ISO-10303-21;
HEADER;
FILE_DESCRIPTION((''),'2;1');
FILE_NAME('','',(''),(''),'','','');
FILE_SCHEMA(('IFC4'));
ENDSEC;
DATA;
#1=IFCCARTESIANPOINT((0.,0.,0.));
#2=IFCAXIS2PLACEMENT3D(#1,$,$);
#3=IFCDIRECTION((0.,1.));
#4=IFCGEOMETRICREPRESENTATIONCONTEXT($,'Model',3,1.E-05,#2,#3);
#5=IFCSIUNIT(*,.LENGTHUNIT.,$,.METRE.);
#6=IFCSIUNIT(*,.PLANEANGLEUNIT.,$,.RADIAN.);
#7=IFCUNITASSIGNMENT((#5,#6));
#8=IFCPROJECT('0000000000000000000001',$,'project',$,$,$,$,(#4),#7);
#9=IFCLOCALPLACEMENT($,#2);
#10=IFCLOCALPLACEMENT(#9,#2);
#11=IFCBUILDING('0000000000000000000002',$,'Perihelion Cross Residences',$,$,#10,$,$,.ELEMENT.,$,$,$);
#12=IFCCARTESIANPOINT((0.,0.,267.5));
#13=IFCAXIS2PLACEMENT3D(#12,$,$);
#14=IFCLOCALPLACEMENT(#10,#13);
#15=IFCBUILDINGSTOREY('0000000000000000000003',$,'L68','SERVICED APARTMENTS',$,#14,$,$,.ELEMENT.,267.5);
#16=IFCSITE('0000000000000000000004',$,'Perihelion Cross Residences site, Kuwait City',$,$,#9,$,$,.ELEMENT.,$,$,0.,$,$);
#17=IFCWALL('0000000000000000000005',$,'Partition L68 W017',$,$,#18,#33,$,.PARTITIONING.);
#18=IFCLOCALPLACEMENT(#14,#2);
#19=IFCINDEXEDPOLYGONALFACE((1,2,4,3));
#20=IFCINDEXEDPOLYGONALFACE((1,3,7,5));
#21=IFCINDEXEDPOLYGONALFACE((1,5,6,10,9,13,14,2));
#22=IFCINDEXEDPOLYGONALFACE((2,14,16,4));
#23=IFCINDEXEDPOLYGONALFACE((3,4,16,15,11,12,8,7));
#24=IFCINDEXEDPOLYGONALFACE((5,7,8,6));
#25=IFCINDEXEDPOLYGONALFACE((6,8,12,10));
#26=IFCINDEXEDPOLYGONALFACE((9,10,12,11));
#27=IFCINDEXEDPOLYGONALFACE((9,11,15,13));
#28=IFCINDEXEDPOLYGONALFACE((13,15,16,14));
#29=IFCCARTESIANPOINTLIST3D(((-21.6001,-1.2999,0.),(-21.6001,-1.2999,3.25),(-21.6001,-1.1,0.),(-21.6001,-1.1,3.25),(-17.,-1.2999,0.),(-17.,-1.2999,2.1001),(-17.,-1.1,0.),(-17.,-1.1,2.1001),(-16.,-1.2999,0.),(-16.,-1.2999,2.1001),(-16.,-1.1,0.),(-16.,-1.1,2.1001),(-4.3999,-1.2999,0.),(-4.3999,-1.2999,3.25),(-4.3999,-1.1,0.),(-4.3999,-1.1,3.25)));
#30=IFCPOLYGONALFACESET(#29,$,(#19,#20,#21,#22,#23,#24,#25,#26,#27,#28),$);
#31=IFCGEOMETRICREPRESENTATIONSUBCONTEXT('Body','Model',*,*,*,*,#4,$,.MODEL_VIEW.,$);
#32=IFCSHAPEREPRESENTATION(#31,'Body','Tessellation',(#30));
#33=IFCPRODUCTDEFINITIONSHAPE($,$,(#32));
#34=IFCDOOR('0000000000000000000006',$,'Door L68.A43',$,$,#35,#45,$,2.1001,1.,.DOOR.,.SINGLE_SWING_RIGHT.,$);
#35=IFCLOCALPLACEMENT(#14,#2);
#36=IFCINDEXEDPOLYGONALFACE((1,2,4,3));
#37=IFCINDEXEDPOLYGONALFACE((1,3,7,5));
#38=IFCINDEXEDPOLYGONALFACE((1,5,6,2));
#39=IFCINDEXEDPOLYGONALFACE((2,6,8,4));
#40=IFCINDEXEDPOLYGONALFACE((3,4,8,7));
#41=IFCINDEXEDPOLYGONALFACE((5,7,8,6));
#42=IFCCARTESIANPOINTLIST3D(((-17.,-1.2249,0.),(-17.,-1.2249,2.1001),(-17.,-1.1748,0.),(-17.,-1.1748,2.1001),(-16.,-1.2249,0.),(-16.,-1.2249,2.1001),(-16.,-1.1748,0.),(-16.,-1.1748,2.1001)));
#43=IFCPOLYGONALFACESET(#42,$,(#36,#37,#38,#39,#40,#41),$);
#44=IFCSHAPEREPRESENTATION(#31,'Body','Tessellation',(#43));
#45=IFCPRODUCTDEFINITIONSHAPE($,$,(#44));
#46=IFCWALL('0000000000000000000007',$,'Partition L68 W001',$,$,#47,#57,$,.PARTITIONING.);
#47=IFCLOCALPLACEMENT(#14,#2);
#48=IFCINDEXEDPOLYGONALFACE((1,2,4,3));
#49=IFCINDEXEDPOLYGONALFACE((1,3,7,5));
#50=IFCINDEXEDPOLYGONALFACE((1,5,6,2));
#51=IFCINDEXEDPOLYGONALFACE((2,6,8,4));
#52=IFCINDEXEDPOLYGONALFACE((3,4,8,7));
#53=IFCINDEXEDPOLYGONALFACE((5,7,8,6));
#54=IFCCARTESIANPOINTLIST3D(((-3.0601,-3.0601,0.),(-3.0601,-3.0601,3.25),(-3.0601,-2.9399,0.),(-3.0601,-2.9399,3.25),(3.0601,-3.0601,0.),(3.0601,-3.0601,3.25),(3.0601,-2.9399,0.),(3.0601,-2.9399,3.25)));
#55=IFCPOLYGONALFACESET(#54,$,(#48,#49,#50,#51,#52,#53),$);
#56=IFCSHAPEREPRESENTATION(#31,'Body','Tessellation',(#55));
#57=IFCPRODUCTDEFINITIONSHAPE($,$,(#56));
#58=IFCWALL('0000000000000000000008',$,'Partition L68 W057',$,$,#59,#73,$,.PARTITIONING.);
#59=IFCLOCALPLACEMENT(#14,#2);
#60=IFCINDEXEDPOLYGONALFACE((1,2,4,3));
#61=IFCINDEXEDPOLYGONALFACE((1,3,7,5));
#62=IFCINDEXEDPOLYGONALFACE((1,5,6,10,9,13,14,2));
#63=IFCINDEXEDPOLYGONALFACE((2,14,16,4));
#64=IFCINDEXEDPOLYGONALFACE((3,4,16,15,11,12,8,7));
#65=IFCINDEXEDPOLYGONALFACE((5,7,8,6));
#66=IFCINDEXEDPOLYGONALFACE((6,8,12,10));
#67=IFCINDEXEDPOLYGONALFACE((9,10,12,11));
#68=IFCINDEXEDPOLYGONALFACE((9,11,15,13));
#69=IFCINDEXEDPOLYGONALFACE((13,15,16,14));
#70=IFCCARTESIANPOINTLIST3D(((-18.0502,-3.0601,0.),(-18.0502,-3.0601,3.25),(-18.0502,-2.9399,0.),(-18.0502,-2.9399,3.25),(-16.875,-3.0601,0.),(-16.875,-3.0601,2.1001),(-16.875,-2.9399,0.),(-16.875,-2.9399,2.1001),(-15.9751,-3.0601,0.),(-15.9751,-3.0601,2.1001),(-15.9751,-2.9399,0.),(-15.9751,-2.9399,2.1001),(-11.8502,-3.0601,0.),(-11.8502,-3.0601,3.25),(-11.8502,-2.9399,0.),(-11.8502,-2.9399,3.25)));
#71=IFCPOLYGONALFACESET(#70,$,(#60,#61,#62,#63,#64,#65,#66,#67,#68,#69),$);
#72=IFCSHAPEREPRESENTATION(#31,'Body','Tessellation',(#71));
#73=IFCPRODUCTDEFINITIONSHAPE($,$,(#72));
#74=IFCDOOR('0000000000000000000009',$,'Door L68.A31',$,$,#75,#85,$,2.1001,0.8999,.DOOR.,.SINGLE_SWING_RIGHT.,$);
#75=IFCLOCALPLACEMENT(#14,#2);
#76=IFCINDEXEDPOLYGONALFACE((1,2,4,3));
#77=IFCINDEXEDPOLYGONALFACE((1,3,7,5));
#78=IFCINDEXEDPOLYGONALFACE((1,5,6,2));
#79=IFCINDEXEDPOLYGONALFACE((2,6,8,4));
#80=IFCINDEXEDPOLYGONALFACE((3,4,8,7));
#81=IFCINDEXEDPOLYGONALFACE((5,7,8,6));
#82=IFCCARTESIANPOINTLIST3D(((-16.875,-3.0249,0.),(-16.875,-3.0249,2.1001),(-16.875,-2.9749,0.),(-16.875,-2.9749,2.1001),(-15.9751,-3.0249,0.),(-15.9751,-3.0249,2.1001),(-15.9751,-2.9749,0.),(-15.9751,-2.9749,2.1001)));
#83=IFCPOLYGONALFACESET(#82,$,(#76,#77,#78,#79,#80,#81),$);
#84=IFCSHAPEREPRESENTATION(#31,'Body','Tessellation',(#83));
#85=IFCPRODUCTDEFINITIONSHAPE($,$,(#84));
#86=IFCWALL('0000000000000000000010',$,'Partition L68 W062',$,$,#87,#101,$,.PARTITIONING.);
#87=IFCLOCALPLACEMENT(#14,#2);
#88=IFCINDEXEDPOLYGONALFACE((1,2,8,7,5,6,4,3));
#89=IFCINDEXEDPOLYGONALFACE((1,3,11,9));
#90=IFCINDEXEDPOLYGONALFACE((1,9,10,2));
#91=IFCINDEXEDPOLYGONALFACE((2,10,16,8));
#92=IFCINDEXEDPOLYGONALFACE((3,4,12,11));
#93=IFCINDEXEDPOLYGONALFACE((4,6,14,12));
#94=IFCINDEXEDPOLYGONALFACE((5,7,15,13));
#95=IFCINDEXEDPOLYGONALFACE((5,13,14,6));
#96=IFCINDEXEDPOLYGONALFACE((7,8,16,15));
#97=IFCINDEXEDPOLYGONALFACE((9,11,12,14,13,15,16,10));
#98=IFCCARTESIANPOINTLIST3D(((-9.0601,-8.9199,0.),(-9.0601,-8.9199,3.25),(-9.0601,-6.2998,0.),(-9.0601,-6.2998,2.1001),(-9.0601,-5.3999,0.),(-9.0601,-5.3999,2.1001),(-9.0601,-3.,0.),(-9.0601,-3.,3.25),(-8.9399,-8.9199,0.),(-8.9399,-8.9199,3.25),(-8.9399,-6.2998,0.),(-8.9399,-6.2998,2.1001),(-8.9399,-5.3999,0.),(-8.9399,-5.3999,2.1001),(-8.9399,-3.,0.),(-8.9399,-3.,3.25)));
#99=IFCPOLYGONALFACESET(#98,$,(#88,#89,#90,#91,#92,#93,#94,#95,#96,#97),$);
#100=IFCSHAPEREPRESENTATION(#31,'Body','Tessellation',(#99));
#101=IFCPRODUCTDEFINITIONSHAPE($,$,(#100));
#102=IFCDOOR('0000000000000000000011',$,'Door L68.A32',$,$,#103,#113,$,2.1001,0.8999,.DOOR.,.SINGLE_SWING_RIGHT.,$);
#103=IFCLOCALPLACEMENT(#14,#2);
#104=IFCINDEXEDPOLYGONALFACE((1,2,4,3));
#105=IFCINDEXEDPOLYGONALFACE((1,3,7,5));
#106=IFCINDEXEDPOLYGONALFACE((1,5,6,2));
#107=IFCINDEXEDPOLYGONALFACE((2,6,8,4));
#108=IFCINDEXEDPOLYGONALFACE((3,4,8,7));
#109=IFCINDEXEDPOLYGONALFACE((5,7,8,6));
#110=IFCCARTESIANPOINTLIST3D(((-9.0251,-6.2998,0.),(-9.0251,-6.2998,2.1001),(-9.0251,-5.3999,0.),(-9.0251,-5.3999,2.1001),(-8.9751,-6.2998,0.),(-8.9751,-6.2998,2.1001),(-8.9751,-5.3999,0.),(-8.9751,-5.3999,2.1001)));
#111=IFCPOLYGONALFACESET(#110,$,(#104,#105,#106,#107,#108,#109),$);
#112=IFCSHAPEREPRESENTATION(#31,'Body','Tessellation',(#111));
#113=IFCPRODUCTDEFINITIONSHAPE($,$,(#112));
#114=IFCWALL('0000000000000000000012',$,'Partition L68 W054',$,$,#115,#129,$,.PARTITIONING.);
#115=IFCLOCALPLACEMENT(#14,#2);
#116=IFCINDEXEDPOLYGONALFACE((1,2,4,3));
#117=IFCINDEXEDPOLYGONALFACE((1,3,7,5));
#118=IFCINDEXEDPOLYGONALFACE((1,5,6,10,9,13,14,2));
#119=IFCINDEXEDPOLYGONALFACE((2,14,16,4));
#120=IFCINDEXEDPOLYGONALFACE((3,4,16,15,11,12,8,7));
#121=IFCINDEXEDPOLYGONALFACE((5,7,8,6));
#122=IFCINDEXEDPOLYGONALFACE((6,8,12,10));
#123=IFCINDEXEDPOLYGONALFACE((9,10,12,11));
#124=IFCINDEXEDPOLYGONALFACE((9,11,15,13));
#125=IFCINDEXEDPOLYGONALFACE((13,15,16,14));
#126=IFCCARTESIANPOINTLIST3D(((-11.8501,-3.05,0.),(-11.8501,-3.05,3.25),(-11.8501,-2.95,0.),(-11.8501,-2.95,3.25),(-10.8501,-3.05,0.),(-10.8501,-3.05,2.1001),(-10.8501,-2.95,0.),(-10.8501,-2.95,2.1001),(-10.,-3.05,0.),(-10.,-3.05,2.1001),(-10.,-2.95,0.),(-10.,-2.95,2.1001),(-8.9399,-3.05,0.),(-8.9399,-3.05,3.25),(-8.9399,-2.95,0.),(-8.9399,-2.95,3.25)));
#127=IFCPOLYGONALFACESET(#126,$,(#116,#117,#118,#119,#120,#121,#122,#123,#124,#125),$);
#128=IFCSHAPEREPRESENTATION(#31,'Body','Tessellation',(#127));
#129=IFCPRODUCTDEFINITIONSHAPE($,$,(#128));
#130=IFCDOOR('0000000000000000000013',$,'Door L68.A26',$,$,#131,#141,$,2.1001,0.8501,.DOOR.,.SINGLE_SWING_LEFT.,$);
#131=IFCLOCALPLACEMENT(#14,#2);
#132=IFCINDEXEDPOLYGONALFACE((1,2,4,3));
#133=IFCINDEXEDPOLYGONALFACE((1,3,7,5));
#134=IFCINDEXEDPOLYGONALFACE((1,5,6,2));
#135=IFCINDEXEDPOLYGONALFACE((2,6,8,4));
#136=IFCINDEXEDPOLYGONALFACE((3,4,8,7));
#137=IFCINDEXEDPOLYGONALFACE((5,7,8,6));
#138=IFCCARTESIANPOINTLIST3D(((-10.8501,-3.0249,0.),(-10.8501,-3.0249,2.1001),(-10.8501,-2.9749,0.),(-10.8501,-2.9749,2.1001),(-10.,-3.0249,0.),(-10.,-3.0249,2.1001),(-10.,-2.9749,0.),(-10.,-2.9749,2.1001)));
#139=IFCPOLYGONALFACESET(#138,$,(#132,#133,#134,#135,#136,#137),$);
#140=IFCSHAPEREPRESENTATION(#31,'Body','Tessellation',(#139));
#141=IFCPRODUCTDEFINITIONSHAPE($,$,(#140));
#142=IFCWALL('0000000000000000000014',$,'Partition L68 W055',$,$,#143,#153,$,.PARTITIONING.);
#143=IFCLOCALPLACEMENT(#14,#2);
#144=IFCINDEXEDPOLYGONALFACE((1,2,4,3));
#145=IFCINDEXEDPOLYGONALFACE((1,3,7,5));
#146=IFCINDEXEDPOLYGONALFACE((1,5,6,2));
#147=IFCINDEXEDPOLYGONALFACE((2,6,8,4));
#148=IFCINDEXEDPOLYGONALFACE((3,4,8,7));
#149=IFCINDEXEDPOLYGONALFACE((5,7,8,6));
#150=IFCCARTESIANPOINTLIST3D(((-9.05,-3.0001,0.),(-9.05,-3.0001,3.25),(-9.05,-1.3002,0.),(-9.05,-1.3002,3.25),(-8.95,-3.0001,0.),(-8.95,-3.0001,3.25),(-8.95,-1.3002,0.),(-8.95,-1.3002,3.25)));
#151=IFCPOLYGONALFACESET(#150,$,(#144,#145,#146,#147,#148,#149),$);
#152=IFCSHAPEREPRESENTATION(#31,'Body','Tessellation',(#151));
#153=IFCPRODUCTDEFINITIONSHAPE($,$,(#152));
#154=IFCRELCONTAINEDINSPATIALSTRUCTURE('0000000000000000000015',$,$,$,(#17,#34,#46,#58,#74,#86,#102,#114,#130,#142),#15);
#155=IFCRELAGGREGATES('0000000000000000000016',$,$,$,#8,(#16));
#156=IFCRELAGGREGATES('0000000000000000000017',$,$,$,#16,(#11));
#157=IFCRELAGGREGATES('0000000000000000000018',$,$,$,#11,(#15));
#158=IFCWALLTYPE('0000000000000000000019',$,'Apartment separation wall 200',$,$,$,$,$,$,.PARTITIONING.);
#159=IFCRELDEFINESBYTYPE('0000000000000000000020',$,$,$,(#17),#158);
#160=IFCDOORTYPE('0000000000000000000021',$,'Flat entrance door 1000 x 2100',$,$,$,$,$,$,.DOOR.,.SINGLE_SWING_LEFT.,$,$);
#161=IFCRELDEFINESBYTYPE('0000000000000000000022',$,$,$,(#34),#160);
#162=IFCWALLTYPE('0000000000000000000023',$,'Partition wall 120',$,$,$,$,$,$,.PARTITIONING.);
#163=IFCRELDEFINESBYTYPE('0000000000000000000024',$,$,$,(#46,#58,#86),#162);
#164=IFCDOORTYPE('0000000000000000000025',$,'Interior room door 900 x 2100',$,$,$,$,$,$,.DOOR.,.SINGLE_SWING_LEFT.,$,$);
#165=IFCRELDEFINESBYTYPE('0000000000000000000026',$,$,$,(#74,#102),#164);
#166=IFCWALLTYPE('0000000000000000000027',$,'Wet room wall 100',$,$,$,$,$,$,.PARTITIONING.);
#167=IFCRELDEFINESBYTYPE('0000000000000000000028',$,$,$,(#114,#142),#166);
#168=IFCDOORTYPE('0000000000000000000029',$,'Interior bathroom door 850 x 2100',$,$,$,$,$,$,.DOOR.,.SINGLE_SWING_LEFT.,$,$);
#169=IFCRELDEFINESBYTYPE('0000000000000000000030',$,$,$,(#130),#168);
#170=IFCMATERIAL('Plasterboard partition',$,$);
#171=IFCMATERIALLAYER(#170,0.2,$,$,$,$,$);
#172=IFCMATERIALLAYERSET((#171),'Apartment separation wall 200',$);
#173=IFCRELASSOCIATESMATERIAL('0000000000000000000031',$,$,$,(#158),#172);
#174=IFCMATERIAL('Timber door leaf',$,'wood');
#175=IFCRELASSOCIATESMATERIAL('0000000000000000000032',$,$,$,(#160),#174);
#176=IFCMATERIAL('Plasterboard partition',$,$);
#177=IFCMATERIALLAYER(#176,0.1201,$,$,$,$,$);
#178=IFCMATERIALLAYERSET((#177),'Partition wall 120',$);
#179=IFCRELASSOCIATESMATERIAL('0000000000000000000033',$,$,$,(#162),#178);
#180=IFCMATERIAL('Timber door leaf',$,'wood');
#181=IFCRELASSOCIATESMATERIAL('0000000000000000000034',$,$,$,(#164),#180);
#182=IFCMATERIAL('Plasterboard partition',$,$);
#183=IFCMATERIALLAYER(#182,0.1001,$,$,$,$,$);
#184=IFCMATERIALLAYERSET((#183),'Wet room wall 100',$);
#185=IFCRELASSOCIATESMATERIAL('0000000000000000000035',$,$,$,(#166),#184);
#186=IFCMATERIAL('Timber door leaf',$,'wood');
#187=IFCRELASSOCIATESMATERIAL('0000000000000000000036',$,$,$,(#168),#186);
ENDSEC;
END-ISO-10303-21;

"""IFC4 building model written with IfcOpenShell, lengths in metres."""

from ifc_helpers import new_model, si_unit, direction, frame, frame_2d, origin, place, context, subcontext, project, spatial, rectangle, extrude, material, layer, layer_set, type_object, element, fill, save


model = new_model("IFC4")

# Units and contexts
model_context = context("Model", 3, precision=1e-05, world=origin(), true_north=direction((0.0, 1.0)))
body_context = subcontext(model_context, "Body", "Model", "MODEL_VIEW")
ifc_project = project(units=[si_unit("LENGTHUNIT", "METRE"), si_unit("PLANEANGLEUNIT", "RADIAN")], contexts=[model_context])

# Site, building, storey
site_placement = place(None, origin())
site = spatial("IfcSite", under=ifc_project, at=site_placement, Name="Perihelion Cross Residences site, Kuwait City", CompositionType="ELEMENT", RefElevation=0.0)
building_placement = place(site_placement, origin())
building = spatial("IfcBuilding", under=site, at=building_placement, Name="Perihelion Cross Residences", CompositionType="ELEMENT")
storey_placement = place(building_placement, frame((0.0, 0.0, 267.5)))
storey = spatial("IfcBuildingStorey", under=building, at=storey_placement, Name="L68", Description="SERVICED APARTMENTS", CompositionType="ELEMENT", Elevation=267.5)

# Wall, opening, door
ifc_material_1 = material(Name="Plasterboard partition")
ifc_layer_1 = layer(ifc_material_1, 0.2)
ifc_layer_set_1 = layer_set([ifc_layer_1], Name="Apartment separation wall 200")
wall_type_1 = type_object("IfcWallType", Name="Apartment separation wall 200", PredefinedType="PARTITIONING", material=ifc_layer_set_1)
wall_1_placement = place(storey_placement, frame((-4.3999, -1.2, 0.0), z_axis=(0.0, 0.0, 1.0), x_axis=(-1.0, 0.0, 0.0)))
wall_1 = element("IfcWall", 1, at=wall_1_placement, inside=storey, type_object=wall_type_1, Name="Partition L68 W017", PredefinedType="PARTITIONING", context=body_context, shape_type="SweptSolid", body=[
    extrude(rectangle(XDim=17.2002, YDim=0.2, at=frame_2d((8.6001, 0.0))), origin(), (0.0, 0.0, 1.0), 3.25),
])
opening_1_placement = place(wall_1_placement, frame((11.6001, 0.0, 0.0)))
opening_1 = element("IfcOpeningElement", 2, at=opening_1_placement, cuts=wall_1, PredefinedType="OPENING", context=body_context, shape_type="SweptSolid", body=[
    extrude(rectangle(XDim=1.0, YDim=2.1001, at=frame_2d((0.5, 1.05))), frame((0.0, 0.1099, 0.0), z_axis=(0.0, -1.0, 0.0), x_axis=(1.0, 0.0, 0.0)), (0.0, 0.0, 1.0), 0.22),
])
ifc_material_2 = material(Name="Timber door leaf", Category="wood")
door_type_1 = type_object("IfcDoorType", Name="Flat entrance door 1000 x 2100", OperationType="SINGLE_SWING_LEFT", PredefinedType="DOOR", material=ifc_material_2)
door_1_placement = place(opening_1_placement, origin())
door_1 = element("IfcDoor", 3, at=door_1_placement, inside=storey, type_object=door_type_1, Name="Door L68.A43", OperationType="SINGLE_SWING_RIGHT", OverallHeight=2.1001, OverallWidth=1.0, PredefinedType="DOOR", context=body_context, shape_type="SweptSolid", body=[
    extrude(rectangle(XDim=1.0, YDim=2.1001, at=frame_2d((0.5, 1.05))), frame((0.0, 0.0249, 0.0), z_axis=(0.0, -1.0, 0.0), x_axis=(1.0, 0.0, 0.0)), (0.0, 0.0, 1.0), 0.05),
])
fill(opening_1, door_1)

# Wall
ifc_material_3 = material(Name="Plasterboard partition")
ifc_layer_2 = layer(ifc_material_3, 0.1201)
ifc_layer_set_2 = layer_set([ifc_layer_2], Name="Partition wall 120")
wall_type_2 = type_object("IfcWallType", Name="Partition wall 120", PredefinedType="PARTITIONING", material=ifc_layer_set_2)
wall_2_placement = place(storey_placement, frame((-3.0601, -3.0, 0.0), z_axis=(0.0, 0.0, 1.0), x_axis=(1.0, 0.0, 0.0)))
element("IfcWall", 4, at=wall_2_placement, inside=storey, type_object=wall_type_2, Name="Partition L68 W001", PredefinedType="PARTITIONING", context=body_context, shape_type="SweptSolid", body=[
    extrude(rectangle(XDim=6.1201, YDim=0.1201, at=frame_2d((3.0601, 0.0))), origin(), (0.0, 0.0, 1.0), 3.25),
])

# Walls, openings, doors
wall_3_placement = place(storey_placement, frame((-11.8501, -3.0, 0.0), z_axis=(0.0, 0.0, 1.0), x_axis=(-1.0, 0.0, 0.0)))
wall_3 = element("IfcWall", 5, at=wall_3_placement, inside=storey, type_object=wall_type_2, Name="Partition L68 W057", PredefinedType="PARTITIONING", context=body_context, shape_type="SweptSolid", body=[
    extrude(rectangle(XDim=6.2, YDim=0.1201, at=frame_2d((3.1001, 0.0))), origin(), (0.0, 0.0, 1.0), 3.25),
])
opening_2_placement = place(wall_3_placement, frame((4.125, 0.0, 0.0)))
opening_2 = element("IfcOpeningElement", 6, at=opening_2_placement, cuts=wall_3, PredefinedType="OPENING", context=body_context, shape_type="SweptSolid", body=[
    extrude(rectangle(XDim=0.8999, YDim=2.1001, at=frame_2d((0.45, 1.05))), frame((0.0, 0.0701, 0.0), z_axis=(0.0, -1.0, 0.0), x_axis=(1.0, 0.0, 0.0)), (0.0, 0.0, 1.0), 0.1401),
])
ifc_material_4 = material(Name="Timber door leaf", Category="wood")
door_type_2 = type_object("IfcDoorType", Name="Interior room door 900 x 2100", OperationType="SINGLE_SWING_LEFT", PredefinedType="DOOR", material=ifc_material_4)
door_2_placement = place(opening_2_placement, origin())
door_2 = element("IfcDoor", 7, at=door_2_placement, inside=storey, type_object=door_type_2, Name="Door L68.A31", OperationType="SINGLE_SWING_RIGHT", OverallHeight=2.1001, OverallWidth=0.8999, PredefinedType="DOOR", context=body_context, shape_type="SweptSolid", body=[
    extrude(rectangle(XDim=0.8999, YDim=2.1001, at=frame_2d((0.45, 1.05))), frame((0.0, 0.0249, 0.0), z_axis=(0.0, -1.0, 0.0), x_axis=(1.0, 0.0, 0.0)), (0.0, 0.0, 1.0), 0.05),
])
fill(opening_2, door_2)
wall_4_placement = place(storey_placement, frame((-9.0, -3.0, 0.0), z_axis=(0.0, 0.0, 1.0), x_axis=(0.0, -1.0, 0.0)))
wall_4 = element("IfcWall", 8, at=wall_4_placement, inside=storey, type_object=wall_type_2, Name="Partition L68 W062", PredefinedType="PARTITIONING", context=body_context, shape_type="SweptSolid", body=[
    extrude(rectangle(XDim=5.9199, YDim=0.1201, at=frame_2d((2.96, 0.0))), origin(), (0.0, 0.0, 1.0), 3.25),
])
opening_3_placement = place(wall_4_placement, frame((2.3999, 0.0, 0.0)))
opening_3 = element("IfcOpeningElement", 9, at=opening_3_placement, cuts=wall_4, PredefinedType="OPENING", context=body_context, shape_type="SweptSolid", body=[
    extrude(rectangle(XDim=0.8999, YDim=2.1001, at=frame_2d((0.45, 1.05))), frame((0.0, 0.0701, 0.0), z_axis=(0.0, -1.0, 0.0), x_axis=(1.0, 0.0, 0.0)), (0.0, 0.0, 1.0), 0.1401),
])
door_3_placement = place(opening_3_placement, origin())
door_3 = element("IfcDoor", 10, at=door_3_placement, inside=storey, type_object=door_type_2, Name="Door L68.A32", OperationType="SINGLE_SWING_RIGHT", OverallHeight=2.1001, OverallWidth=0.8999, PredefinedType="DOOR", context=body_context, shape_type="SweptSolid", body=[
    extrude(rectangle(XDim=0.8999, YDim=2.1001, at=frame_2d((0.45, 1.05))), frame((0.0, 0.0249, 0.0), z_axis=(0.0, -1.0, 0.0), x_axis=(1.0, 0.0, 0.0)), (0.0, 0.0, 1.0), 0.05),
])
fill(opening_3, door_3)
ifc_material_5 = material(Name="Plasterboard partition")
ifc_layer_3 = layer(ifc_material_5, 0.1001)
ifc_layer_set_3 = layer_set([ifc_layer_3], Name="Wet room wall 100")
wall_type_3 = type_object("IfcWallType", Name="Wet room wall 100", PredefinedType="PARTITIONING", material=ifc_layer_set_3)
wall_5_placement = place(storey_placement, frame((-8.9399, -3.0, 0.0), z_axis=(0.0, 0.0, 1.0), x_axis=(-1.0, 0.0, 0.0)))
wall_5 = element("IfcWall", 11, at=wall_5_placement, inside=storey, type_object=wall_type_3, Name="Partition L68 W054", PredefinedType="PARTITIONING", context=body_context, shape_type="SweptSolid", body=[
    extrude(rectangle(XDim=2.9102, YDim=0.1001, at=frame_2d((1.4551, 0.0))), origin(), (0.0, 0.0, 1.0), 3.25),
])
opening_4_placement = place(wall_5_placement, frame((1.0601, 0.0, 0.0)))
opening_4 = element("IfcOpeningElement", 12, at=opening_4_placement, cuts=wall_5, PredefinedType="OPENING", context=body_context, shape_type="SweptSolid", body=[
    extrude(rectangle(XDim=0.8501, YDim=2.1001, at=frame_2d((0.425, 1.05))), frame((0.0, 0.0601, 0.0), z_axis=(0.0, -1.0, 0.0), x_axis=(1.0, 0.0, 0.0)), (0.0, 0.0, 1.0), 0.1201),
])
ifc_material_6 = material(Name="Timber door leaf", Category="wood")
door_type_3 = type_object("IfcDoorType", Name="Interior bathroom door 850 x 2100", OperationType="SINGLE_SWING_LEFT", PredefinedType="DOOR", material=ifc_material_6)
door_4_placement = place(opening_4_placement, origin())
door_4 = element("IfcDoor", 13, at=door_4_placement, inside=storey, type_object=door_type_3, Name="Door L68.A26", OperationType="SINGLE_SWING_LEFT", OverallHeight=2.1001, OverallWidth=0.8501, PredefinedType="DOOR", context=body_context, shape_type="SweptSolid", body=[
    extrude(rectangle(XDim=0.8501, YDim=2.1001, at=frame_2d((0.425, 1.05))), frame((0.0, 0.0249, 0.0), z_axis=(0.0, -1.0, 0.0), x_axis=(1.0, 0.0, 0.0)), (0.0, 0.0, 1.0), 0.05),
])
fill(opening_4, door_4)

# Wall
wall_6_placement = place(storey_placement, frame((-9.0, -1.3, 0.0), z_axis=(0.0, 0.0, 1.0), x_axis=(0.0, -1.0, 0.0)))
element("IfcWall", 14, at=wall_6_placement, inside=storey, type_object=wall_type_3, Name="Partition L68 W055", PredefinedType="PARTITIONING", context=body_context, shape_type="SweptSolid", body=[
    extrude(rectangle(XDim=1.7, YDim=0.1001, at=frame_2d((0.8501, 0.0))), origin(), (0.0, 0.0, 1.0), 3.25),
])

save(model, "model.ifc")
